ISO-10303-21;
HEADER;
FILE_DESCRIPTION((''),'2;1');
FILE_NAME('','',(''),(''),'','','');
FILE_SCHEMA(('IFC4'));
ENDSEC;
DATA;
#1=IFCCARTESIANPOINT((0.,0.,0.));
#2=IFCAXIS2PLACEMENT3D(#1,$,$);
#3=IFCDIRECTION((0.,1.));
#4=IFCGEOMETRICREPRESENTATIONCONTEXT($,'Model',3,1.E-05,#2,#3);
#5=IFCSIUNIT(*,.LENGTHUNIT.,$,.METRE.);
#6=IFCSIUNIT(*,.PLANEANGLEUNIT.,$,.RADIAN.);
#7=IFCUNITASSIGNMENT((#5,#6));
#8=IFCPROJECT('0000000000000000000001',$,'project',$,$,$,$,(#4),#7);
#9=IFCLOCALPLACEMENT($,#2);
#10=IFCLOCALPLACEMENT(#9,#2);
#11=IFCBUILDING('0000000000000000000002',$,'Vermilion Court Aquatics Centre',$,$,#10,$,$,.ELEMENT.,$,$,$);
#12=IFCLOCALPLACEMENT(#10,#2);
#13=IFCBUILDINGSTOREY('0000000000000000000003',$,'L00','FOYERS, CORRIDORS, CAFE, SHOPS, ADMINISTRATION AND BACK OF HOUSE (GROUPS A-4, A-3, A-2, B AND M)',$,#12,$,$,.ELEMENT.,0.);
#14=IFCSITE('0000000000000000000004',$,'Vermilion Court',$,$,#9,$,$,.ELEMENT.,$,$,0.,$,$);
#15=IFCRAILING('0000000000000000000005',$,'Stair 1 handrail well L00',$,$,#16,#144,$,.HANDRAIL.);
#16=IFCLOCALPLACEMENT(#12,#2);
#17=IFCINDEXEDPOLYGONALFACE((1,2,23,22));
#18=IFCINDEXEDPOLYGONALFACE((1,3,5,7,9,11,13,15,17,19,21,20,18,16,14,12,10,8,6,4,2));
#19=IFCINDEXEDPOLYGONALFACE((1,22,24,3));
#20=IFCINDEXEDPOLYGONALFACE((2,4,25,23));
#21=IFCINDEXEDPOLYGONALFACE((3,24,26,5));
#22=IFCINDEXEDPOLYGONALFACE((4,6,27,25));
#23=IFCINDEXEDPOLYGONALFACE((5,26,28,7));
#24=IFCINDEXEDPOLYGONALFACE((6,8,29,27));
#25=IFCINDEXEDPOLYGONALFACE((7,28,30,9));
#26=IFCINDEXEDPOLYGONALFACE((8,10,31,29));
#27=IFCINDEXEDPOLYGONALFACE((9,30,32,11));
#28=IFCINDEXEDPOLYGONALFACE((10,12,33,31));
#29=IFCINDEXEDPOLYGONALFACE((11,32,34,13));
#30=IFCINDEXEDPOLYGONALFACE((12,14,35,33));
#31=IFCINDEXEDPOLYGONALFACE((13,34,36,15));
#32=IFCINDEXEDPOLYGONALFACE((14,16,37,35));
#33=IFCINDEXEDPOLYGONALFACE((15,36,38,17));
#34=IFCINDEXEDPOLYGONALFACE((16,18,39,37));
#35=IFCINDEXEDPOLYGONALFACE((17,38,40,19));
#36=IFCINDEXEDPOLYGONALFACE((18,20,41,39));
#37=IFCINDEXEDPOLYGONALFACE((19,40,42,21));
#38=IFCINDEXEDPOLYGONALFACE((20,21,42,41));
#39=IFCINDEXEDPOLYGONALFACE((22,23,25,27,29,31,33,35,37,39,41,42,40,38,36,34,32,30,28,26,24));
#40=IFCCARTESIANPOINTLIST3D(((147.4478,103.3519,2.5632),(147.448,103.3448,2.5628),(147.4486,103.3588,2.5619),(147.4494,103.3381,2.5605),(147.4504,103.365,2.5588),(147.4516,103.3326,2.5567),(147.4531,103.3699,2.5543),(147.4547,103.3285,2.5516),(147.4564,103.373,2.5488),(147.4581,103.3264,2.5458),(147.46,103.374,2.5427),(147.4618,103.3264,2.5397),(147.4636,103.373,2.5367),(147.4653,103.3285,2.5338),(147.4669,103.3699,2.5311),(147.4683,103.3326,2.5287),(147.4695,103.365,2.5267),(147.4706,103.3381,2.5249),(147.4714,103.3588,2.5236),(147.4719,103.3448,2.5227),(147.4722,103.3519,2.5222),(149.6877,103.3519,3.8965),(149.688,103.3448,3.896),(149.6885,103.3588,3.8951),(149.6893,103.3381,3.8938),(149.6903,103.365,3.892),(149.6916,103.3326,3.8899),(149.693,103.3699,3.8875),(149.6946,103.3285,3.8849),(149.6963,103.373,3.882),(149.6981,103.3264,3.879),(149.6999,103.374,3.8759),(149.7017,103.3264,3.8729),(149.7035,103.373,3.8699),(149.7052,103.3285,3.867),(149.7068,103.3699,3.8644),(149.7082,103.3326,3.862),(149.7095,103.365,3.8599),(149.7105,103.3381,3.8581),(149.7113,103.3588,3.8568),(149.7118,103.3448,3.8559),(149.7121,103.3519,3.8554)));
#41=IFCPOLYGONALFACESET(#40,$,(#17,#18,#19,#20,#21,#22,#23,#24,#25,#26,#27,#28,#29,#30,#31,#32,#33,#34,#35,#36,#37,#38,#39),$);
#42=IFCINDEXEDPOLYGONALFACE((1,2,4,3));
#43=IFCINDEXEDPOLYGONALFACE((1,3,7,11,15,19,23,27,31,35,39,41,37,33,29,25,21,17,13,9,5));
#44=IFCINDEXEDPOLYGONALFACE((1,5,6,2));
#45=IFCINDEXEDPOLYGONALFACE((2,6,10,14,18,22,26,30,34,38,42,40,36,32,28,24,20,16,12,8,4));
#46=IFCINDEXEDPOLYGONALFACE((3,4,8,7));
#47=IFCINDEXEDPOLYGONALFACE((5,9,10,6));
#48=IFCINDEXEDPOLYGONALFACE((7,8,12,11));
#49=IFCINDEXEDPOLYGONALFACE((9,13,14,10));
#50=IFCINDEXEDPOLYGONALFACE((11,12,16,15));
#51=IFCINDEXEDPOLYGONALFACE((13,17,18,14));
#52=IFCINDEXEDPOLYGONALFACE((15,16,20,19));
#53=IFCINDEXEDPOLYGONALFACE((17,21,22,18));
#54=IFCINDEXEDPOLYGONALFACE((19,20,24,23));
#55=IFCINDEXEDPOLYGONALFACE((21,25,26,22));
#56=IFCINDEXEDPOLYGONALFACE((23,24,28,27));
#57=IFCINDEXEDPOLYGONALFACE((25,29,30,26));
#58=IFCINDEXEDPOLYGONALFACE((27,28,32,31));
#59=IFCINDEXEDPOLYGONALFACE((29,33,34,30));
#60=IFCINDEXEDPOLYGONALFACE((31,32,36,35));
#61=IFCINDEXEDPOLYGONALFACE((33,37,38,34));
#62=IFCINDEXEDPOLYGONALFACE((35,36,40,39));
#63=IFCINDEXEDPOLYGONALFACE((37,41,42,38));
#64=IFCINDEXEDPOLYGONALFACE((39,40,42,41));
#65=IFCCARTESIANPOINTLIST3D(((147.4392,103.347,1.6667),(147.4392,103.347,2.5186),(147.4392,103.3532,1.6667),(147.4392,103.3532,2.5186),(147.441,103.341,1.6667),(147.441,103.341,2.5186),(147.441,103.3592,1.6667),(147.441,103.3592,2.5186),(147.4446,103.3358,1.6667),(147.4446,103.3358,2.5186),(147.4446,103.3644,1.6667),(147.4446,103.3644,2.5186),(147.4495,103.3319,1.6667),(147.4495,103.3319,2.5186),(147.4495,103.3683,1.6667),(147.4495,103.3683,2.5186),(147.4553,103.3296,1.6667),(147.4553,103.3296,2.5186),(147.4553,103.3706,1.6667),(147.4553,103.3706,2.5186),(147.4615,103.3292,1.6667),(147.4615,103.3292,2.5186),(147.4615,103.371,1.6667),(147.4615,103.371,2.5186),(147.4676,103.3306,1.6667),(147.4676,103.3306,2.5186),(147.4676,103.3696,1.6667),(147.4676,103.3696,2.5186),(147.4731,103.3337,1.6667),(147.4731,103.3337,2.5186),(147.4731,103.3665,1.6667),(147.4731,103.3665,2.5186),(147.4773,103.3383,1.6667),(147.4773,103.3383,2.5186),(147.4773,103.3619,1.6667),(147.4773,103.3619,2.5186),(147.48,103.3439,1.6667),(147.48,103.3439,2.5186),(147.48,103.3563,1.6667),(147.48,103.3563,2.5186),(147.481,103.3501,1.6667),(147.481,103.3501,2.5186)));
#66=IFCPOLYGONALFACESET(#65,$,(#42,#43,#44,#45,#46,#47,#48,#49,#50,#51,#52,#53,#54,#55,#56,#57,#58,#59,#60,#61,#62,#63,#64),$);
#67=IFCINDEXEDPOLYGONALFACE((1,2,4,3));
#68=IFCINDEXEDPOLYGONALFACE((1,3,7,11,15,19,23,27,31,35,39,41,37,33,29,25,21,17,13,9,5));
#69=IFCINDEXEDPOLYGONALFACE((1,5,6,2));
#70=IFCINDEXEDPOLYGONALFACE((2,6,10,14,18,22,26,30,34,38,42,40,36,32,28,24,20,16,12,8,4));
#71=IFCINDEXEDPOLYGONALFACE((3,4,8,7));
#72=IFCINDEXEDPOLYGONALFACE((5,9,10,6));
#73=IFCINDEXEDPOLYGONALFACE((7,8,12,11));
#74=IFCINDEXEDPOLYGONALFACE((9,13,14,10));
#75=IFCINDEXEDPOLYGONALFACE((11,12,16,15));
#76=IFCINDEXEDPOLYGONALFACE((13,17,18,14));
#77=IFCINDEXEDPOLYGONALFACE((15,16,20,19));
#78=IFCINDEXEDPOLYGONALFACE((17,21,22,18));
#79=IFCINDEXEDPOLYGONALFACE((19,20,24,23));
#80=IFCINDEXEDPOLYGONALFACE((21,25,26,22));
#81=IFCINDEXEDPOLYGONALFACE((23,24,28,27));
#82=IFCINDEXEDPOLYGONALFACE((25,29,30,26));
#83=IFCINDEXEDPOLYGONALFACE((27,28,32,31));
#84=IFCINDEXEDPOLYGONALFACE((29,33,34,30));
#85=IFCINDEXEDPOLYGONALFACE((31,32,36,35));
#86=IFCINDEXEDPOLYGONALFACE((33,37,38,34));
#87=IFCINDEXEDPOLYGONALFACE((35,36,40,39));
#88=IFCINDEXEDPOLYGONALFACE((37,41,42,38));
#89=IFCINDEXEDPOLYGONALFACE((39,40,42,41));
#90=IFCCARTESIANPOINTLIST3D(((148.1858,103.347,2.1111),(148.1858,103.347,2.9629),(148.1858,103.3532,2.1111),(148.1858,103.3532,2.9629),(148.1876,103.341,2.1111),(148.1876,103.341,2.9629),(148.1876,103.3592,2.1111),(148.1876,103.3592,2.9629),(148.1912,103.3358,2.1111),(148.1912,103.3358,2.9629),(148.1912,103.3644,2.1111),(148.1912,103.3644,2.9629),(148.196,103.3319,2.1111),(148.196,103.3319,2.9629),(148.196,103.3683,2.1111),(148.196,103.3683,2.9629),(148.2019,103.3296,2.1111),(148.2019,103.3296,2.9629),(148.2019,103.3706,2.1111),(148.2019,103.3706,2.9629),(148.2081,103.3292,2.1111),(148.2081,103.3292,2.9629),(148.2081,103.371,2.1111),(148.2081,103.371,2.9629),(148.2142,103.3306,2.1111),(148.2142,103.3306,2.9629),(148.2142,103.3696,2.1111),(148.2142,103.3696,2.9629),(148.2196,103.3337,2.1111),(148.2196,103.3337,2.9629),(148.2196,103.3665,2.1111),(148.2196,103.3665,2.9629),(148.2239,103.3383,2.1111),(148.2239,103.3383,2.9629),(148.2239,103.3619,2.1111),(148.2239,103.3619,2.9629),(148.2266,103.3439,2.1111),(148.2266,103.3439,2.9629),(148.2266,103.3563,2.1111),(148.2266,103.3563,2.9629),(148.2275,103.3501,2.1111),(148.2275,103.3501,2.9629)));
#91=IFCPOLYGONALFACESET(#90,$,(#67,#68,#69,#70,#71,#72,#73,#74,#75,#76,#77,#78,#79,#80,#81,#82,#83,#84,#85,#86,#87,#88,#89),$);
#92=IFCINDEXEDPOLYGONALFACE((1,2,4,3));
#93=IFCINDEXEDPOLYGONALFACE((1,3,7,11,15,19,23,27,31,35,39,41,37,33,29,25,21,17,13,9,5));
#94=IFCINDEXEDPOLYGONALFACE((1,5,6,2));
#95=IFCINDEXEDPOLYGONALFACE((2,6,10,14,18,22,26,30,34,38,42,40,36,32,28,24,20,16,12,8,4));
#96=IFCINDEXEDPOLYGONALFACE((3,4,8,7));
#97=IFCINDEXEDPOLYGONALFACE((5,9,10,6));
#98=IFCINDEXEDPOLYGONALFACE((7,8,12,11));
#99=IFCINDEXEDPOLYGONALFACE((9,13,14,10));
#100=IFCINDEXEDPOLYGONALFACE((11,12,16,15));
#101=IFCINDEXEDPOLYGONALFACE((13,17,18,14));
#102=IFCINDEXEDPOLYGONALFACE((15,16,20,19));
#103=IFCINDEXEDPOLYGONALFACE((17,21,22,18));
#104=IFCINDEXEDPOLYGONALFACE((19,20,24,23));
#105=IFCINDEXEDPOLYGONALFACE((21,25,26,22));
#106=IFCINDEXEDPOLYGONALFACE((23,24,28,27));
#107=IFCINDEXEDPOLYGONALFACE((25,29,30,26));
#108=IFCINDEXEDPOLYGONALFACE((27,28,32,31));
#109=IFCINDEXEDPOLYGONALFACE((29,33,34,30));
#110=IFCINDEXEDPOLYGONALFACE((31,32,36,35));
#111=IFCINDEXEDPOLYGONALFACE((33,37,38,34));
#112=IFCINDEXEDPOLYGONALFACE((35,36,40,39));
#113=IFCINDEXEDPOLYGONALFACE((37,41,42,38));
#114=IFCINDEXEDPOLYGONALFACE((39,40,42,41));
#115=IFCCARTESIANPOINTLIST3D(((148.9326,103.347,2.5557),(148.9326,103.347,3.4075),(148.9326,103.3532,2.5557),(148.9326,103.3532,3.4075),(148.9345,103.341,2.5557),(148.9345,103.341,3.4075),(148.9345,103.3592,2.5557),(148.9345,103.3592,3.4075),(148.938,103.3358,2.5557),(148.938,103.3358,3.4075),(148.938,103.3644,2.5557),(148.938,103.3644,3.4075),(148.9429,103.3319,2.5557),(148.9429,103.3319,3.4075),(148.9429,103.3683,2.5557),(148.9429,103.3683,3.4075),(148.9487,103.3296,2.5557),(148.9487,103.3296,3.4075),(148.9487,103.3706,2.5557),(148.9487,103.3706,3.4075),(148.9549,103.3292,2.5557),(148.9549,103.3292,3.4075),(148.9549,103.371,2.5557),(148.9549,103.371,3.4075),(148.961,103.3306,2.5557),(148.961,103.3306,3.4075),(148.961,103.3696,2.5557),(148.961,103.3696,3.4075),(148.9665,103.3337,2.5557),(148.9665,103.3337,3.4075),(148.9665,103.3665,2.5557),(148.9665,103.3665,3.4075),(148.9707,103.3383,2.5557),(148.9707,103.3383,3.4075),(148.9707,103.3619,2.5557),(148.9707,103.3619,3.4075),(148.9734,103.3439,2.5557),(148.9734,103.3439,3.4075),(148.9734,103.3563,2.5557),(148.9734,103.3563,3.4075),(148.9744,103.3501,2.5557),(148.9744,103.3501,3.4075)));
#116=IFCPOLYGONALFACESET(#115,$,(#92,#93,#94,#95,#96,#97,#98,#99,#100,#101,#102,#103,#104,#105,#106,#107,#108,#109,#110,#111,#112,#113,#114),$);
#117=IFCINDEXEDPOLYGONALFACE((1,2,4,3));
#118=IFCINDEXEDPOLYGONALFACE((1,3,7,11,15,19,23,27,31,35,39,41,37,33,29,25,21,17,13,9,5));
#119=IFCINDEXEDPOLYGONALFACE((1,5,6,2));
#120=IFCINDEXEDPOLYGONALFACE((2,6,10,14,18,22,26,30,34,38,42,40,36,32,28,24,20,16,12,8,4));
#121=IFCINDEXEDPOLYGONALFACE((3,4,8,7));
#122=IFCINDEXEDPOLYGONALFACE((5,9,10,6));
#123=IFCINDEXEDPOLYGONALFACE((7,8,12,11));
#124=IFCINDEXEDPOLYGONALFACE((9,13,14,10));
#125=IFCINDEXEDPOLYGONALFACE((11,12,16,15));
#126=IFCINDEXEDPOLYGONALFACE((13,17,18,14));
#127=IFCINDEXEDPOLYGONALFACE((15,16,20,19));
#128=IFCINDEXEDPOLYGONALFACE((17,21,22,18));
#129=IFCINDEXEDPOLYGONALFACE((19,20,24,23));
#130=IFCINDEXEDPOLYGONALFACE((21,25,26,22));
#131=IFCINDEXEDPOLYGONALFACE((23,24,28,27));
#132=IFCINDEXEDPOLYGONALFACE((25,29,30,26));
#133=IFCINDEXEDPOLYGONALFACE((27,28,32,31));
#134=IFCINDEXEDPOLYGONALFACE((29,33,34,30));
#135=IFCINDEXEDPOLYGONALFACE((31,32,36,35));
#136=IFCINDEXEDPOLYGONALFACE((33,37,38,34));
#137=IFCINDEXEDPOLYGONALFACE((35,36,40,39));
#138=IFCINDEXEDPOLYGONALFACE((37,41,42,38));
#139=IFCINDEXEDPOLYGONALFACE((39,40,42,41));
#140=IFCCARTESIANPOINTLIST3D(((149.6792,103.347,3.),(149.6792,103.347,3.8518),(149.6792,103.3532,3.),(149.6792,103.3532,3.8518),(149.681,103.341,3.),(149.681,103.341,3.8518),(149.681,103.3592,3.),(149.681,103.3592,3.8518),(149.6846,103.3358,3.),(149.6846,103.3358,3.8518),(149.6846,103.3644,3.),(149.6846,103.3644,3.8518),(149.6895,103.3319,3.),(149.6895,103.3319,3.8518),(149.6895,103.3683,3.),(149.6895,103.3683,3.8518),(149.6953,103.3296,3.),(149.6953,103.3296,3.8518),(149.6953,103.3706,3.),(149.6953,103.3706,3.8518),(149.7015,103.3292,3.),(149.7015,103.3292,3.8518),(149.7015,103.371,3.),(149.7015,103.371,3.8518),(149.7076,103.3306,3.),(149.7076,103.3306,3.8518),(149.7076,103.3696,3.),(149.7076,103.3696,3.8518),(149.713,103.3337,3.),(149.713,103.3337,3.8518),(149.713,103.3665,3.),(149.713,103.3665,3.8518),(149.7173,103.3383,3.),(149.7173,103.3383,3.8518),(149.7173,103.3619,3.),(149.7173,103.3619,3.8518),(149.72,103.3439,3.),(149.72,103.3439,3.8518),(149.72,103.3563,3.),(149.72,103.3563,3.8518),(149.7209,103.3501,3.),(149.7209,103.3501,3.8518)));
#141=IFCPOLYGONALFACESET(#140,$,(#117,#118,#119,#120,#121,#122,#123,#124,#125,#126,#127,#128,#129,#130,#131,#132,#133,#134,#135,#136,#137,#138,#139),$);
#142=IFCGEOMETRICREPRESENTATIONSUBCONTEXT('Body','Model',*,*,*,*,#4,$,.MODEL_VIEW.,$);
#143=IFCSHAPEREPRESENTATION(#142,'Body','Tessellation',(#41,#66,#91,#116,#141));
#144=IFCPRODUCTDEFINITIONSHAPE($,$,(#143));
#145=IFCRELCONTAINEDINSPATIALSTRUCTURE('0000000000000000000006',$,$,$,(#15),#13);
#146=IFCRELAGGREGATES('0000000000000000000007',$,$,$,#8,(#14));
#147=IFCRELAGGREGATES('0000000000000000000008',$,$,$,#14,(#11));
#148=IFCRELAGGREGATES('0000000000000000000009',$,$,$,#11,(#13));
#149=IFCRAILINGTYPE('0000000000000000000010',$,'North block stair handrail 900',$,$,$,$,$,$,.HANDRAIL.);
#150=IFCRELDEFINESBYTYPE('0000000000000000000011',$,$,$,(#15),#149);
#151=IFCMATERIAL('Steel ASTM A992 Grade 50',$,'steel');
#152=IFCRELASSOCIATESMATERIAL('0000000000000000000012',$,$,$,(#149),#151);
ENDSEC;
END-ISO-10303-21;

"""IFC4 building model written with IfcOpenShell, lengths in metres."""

from ifc_helpers import new_model, si_unit, direction, frame, origin, origin_2d, place, context, subcontext, project, spatial, circle, extrude, material, type_object, element, save


model = new_model("IFC4")

# Units and contexts
model_context = context("Model", 3, precision=1e-05, world=origin(), true_north=direction((0.0, 1.0)))
body_context = subcontext(model_context, "Body", "Model", "MODEL_VIEW")
ifc_project = project(units=[si_unit("LENGTHUNIT", "METRE"), si_unit("PLANEANGLEUNIT", "RADIAN")], contexts=[model_context])

# Site, building, storey
site_placement = place(None, origin())
site = spatial("IfcSite", under=ifc_project, at=site_placement, Name="Vermilion Court", CompositionType="ELEMENT", RefElevation=0.0)
building_placement = place(site_placement, origin())
building = spatial("IfcBuilding", under=site, at=building_placement, Name="Vermilion Court Aquatics Centre", CompositionType="ELEMENT")
storey_placement = place(building_placement, origin())
storey = spatial("IfcBuildingStorey", under=building, at=storey_placement, Name="L00", Description="FOYERS, CORRIDORS, CAFE, SHOPS, ADMINISTRATION AND BACK OF HOUSE (GROUPS A-4, A-3, A-2, B AND M)", CompositionType="ELEMENT", Elevation=0.0)

# Railing
ifc_material_1 = material(Name="Steel ASTM A992 Grade 50", Category="steel")
railing_type_1 = type_object("IfcRailingType", Name="North block stair handrail 900", PredefinedType="HANDRAIL", material=ifc_material_1)
for number, where, name in (
    (1, (147.46, 103.3501, 1.6667), "Stair 1 handrail well L00"),
):
    element("IfcRailing", number, at=place(storey_placement, frame(where)), inside=storey, type_object=railing_type_1, Name=name, PredefinedType="HANDRAIL", context=body_context, shape_type="SweptSolid", body=[
        extrude(circle(Radius=0.0239, at=origin_2d()), frame((0.0, 0.0, 0.876), z_axis=(0.859306, 0.0, 0.511462), x_axis=(0.0, 1.0, 0.0)), (0.0, 0.0, 1.0), 2.6067),
        extrude(circle(Radius=0.021, at=origin_2d()), origin(), (0.0, 0.0, 1.0), 0.8518),
        extrude(circle(Radius=0.021, at=origin_2d()), frame((0.7466, 0.0, 0.4443)), (0.0, 0.0, 1.0), 0.8518),
        extrude(circle(Radius=0.021, at=origin_2d()), frame((1.4934, 0.0, 0.8889)), (0.0, 0.0, 1.0), 0.8518),
        extrude(circle(Radius=0.021, at=origin_2d()), frame((2.24, 0.0, 1.3333)), (0.0, 0.0, 1.0), 0.8518),
    ])

save(model, "model.ifc")
